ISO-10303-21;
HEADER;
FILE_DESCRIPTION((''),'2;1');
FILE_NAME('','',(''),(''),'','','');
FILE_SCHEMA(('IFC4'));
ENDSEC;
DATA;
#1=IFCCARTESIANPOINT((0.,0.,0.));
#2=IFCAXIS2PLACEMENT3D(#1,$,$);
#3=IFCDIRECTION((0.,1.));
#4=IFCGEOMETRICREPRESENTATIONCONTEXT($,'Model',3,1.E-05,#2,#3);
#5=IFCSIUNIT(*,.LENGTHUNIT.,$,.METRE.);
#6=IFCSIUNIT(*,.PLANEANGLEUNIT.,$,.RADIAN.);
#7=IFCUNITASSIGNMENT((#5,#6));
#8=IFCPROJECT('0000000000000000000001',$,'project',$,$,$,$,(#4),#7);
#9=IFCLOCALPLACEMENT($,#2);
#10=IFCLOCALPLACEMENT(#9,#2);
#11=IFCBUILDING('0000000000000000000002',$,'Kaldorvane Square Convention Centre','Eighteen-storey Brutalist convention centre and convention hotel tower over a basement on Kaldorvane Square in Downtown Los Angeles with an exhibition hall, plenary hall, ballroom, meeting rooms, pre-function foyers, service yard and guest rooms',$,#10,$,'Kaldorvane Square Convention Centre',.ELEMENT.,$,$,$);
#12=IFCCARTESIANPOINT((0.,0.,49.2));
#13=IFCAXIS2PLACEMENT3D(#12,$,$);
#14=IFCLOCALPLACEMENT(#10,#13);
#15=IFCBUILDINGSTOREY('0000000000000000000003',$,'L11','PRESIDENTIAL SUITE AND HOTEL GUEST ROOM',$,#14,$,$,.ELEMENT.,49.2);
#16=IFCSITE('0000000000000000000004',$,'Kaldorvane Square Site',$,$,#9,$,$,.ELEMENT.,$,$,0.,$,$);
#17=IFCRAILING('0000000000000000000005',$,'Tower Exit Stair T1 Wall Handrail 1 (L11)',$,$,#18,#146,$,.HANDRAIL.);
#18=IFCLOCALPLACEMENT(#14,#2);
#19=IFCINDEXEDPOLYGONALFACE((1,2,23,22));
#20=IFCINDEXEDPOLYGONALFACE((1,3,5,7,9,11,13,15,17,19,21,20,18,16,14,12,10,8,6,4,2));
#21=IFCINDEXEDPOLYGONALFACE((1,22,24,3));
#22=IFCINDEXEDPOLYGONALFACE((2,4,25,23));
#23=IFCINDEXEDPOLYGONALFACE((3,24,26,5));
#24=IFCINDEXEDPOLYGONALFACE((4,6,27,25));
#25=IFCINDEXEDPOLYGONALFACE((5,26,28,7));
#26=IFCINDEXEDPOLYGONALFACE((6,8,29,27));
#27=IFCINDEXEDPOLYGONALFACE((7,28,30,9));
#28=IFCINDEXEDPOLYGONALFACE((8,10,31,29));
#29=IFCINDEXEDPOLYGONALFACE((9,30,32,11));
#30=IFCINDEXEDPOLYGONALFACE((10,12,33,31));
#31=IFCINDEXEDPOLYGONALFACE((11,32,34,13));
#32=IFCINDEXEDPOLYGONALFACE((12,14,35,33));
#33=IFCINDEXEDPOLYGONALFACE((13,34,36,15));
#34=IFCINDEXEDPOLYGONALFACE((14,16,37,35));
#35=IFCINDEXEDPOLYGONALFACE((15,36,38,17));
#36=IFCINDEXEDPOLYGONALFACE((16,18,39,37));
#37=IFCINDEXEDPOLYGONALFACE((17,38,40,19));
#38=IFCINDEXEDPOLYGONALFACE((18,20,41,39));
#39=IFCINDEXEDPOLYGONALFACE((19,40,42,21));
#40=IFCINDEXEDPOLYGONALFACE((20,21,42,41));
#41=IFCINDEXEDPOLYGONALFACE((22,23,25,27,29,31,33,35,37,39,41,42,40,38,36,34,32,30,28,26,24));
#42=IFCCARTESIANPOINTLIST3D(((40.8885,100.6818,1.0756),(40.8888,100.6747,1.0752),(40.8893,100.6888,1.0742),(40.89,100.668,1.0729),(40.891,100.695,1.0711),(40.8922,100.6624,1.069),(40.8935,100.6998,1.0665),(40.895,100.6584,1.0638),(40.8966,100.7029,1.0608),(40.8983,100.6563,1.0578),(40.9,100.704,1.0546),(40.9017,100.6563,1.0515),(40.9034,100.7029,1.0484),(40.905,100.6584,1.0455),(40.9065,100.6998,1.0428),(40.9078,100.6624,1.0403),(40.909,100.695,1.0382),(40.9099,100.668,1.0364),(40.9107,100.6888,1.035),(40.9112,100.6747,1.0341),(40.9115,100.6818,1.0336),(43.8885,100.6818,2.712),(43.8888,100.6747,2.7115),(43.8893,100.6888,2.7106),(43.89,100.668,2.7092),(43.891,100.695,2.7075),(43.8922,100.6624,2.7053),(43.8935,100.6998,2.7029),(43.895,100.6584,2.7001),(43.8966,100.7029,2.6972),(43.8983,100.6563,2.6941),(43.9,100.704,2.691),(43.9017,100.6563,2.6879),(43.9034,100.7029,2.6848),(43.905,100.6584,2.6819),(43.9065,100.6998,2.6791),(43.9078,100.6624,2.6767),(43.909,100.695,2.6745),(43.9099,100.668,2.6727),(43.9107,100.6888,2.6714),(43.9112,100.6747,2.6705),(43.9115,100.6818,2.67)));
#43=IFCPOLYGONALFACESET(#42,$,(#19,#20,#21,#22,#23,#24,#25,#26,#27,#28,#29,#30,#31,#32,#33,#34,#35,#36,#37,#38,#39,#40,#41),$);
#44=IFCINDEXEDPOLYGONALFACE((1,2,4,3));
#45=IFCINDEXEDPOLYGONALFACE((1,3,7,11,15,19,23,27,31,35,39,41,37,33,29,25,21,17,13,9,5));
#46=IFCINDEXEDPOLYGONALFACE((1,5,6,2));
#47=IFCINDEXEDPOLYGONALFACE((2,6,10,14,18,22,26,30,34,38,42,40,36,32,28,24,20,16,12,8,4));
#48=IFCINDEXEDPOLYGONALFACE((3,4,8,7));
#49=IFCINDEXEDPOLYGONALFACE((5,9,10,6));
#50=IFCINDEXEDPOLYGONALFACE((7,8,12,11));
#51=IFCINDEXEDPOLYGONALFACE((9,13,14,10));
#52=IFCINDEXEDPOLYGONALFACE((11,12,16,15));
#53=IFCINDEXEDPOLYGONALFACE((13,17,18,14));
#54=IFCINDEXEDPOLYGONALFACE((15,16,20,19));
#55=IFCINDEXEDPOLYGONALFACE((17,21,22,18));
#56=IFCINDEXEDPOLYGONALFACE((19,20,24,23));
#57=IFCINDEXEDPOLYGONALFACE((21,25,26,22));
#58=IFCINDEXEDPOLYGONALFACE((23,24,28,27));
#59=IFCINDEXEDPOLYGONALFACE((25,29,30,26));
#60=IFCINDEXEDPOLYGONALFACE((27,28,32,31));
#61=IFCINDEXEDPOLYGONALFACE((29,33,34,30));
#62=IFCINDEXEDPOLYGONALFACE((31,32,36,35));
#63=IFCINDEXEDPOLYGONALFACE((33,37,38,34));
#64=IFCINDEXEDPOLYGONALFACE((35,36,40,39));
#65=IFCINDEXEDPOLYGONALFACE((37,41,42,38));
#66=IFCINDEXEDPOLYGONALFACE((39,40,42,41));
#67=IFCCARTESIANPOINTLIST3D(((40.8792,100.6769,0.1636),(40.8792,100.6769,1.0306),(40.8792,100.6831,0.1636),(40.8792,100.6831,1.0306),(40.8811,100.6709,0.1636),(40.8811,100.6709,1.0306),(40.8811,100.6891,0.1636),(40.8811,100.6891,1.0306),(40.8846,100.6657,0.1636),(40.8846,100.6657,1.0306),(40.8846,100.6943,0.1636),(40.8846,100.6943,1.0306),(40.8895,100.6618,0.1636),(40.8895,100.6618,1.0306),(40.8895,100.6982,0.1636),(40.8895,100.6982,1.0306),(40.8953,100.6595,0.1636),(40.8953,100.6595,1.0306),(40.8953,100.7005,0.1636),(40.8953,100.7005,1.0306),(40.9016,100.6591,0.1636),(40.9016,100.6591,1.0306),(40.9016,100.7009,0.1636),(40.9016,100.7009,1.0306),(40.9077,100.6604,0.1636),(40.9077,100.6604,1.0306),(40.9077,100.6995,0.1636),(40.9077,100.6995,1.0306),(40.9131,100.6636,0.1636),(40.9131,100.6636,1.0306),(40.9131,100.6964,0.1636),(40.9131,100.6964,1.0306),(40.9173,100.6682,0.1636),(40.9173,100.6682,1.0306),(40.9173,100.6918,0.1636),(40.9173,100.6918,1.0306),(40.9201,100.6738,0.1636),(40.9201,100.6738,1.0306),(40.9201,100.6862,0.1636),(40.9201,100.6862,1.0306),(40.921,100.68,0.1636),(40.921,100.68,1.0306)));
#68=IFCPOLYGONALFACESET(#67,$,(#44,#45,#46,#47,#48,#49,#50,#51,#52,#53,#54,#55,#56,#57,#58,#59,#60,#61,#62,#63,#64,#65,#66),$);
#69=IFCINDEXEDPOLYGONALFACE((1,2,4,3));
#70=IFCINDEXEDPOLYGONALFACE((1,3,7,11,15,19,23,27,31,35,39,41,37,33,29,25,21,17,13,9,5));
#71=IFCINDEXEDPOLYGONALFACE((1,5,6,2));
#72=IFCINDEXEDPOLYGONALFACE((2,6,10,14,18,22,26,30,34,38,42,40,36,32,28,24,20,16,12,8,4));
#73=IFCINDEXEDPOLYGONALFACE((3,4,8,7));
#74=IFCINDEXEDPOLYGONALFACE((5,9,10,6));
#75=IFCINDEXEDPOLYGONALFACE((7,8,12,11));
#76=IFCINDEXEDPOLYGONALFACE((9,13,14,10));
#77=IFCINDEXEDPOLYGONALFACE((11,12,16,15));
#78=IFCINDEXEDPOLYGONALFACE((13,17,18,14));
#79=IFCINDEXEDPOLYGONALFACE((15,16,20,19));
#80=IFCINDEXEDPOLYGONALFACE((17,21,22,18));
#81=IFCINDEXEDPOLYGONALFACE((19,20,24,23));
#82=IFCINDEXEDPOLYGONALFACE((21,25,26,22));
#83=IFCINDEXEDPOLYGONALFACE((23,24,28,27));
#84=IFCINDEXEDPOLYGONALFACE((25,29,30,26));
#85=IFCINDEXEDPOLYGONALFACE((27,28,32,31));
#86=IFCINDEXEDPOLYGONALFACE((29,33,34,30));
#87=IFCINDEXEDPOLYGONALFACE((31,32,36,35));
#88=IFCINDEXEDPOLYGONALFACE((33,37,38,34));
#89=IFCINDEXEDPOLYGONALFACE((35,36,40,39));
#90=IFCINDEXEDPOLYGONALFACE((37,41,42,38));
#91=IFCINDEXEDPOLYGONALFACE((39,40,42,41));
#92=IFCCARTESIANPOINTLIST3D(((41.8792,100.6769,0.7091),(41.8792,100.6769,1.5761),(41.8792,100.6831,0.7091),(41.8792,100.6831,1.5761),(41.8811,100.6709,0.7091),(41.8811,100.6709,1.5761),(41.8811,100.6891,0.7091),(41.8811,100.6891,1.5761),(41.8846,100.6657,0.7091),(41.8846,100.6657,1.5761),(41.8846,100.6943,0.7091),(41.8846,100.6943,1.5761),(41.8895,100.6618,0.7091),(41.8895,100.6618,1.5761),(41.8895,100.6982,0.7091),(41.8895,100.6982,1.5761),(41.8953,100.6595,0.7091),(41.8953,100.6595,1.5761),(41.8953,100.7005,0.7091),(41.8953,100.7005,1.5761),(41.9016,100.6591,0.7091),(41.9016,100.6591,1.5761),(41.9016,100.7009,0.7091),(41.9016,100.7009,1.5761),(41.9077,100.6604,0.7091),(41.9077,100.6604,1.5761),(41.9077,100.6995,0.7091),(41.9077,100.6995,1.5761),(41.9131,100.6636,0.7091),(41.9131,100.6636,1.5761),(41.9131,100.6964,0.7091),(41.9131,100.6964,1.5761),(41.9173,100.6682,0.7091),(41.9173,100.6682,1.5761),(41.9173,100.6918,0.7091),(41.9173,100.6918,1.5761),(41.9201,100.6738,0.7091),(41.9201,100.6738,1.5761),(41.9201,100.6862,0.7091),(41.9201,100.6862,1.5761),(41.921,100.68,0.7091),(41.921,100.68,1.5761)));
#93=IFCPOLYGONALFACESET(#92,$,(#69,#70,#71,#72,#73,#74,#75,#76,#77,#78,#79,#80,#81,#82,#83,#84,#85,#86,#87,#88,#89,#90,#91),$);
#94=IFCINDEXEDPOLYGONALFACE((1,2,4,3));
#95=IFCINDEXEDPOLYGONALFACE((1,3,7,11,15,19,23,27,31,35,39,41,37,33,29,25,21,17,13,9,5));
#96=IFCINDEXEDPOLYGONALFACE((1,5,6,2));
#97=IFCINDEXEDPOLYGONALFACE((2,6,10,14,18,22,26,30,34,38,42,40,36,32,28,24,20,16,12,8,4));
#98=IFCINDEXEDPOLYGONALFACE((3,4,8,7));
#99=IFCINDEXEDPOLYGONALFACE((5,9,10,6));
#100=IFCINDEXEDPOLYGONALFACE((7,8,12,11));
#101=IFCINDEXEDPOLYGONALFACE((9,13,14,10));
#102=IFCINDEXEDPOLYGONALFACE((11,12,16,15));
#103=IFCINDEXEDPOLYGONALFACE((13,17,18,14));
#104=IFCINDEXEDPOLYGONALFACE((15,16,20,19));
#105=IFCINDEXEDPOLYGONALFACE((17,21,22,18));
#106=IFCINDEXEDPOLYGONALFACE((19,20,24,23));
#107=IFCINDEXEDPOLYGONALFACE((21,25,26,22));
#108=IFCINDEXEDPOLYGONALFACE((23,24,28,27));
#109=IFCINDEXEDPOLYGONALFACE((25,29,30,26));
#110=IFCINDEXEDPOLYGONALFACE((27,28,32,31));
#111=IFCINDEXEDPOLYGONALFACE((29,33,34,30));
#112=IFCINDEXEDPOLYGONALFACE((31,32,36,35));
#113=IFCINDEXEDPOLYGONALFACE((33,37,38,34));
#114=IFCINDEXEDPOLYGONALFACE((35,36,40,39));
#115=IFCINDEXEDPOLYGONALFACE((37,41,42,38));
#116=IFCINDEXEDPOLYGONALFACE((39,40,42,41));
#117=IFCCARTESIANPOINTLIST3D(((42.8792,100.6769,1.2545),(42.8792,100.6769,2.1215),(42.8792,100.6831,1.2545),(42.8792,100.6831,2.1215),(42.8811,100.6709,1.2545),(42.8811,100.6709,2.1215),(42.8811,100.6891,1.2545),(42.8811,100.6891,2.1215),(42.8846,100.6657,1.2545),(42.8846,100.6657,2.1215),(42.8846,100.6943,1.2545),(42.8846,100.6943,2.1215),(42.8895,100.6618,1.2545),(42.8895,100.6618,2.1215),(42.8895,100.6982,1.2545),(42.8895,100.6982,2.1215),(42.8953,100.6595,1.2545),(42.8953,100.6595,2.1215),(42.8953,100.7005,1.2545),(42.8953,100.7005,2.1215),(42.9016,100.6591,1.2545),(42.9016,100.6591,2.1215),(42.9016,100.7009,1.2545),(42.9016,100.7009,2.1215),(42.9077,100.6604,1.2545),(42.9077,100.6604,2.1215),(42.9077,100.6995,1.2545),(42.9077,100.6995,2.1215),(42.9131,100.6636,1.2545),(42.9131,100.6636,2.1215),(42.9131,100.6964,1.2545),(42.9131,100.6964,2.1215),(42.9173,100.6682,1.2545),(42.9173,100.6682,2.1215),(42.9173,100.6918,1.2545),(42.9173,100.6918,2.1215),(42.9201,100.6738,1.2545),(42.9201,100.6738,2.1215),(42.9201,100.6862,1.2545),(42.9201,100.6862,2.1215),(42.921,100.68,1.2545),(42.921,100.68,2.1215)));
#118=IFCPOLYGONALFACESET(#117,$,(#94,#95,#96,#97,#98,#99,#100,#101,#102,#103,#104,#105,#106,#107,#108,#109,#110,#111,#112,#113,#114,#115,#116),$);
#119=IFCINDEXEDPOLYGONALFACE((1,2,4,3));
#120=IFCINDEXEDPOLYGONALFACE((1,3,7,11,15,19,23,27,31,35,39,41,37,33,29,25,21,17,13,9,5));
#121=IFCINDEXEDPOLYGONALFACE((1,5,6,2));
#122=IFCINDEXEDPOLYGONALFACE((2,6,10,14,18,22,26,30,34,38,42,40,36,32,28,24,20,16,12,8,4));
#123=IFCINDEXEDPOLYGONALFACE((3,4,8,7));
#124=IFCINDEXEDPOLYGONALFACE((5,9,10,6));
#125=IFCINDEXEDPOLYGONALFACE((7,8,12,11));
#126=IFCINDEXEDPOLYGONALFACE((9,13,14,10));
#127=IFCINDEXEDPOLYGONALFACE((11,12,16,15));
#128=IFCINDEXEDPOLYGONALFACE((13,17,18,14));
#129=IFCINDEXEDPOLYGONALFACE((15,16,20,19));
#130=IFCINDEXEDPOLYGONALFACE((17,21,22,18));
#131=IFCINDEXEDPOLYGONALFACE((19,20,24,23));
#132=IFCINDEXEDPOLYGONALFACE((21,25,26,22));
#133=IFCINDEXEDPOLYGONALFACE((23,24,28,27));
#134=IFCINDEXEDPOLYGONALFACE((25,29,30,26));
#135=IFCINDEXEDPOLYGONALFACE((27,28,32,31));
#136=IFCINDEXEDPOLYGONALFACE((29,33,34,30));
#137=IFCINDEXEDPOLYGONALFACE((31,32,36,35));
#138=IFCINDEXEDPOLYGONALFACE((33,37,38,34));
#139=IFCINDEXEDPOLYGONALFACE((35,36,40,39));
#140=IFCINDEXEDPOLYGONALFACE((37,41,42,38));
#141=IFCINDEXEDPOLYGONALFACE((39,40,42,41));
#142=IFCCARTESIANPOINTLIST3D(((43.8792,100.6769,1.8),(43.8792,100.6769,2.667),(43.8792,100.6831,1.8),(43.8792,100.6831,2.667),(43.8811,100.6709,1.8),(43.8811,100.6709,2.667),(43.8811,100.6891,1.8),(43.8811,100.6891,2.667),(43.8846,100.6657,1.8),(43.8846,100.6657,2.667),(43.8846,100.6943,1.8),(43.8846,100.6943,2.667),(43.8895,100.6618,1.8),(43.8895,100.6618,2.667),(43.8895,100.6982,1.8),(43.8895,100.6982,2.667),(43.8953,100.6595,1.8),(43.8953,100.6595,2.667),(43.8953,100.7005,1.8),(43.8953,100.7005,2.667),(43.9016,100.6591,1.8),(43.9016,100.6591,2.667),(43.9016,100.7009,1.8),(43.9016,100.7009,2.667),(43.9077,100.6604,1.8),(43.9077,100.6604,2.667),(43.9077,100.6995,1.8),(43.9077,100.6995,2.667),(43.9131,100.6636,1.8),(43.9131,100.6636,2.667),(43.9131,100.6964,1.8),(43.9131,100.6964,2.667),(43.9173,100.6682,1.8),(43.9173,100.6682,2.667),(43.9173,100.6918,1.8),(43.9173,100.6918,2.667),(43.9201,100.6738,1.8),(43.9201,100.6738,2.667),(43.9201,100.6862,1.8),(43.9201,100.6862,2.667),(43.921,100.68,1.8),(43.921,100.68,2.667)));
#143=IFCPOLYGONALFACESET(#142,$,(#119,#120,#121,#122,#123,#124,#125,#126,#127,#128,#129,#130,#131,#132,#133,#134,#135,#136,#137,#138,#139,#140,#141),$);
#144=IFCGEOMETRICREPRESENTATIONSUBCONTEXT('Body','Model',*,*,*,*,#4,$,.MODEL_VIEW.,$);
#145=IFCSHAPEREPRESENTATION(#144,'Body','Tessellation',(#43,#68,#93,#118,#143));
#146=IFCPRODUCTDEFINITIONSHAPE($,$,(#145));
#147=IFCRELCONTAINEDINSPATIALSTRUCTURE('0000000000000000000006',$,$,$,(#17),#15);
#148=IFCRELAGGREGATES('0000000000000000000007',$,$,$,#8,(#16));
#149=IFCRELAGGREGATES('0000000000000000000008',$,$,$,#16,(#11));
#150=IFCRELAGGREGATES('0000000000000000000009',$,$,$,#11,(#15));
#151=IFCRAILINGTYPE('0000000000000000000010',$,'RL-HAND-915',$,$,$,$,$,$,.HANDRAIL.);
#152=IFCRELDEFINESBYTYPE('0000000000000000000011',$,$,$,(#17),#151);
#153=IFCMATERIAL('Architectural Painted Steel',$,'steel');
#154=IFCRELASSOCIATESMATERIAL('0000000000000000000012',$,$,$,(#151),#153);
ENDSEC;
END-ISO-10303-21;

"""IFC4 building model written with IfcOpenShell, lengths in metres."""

from ifc_helpers import new_model, si_unit, direction, frame, origin, origin_2d, place, context, subcontext, project, spatial, circle, extrude, material, type_object, element, save


model = new_model("IFC4")

# Units and contexts
model_context = context("Model", 3, precision=1e-05, world=origin(), true_north=direction((0.0, 1.0)))
body_context = subcontext(model_context, "Body", "Model", "MODEL_VIEW")
ifc_project = project(units=[si_unit("LENGTHUNIT", "METRE"), si_unit("PLANEANGLEUNIT", "RADIAN")], contexts=[model_context])

# Site, building, storey
site_placement = place(None, origin())
site = spatial("IfcSite", under=ifc_project, at=site_placement, Name="Kaldorvane Square Site", CompositionType="ELEMENT", RefElevation=0.0)
building_placement = place(site_placement, origin())
building = spatial("IfcBuilding", under=site, at=building_placement, Name="Kaldorvane Square Convention Centre", Description="Eighteen-storey Brutalist convention centre and convention hotel tower over a basement on Kaldorvane Square in Downtown Los Angeles with an exhibition hall, plenary hall, ballroom, meeting rooms, pre-function foyers, service yard and guest rooms", LongName="Kaldorvane Square Convention Centre", CompositionType="ELEMENT")
storey_placement = place(building_placement, frame((0.0, 0.0, 49.2)))
storey = spatial("IfcBuildingStorey", under=building, at=storey_placement, Name="L11", Description="PRESIDENTIAL SUITE AND HOTEL GUEST ROOM", CompositionType="ELEMENT", Elevation=49.2)

# Railing
ifc_material_1 = material(Name="Architectural Painted Steel", Category="steel")
railing_type_1 = type_object("IfcRailingType", Name="RL-HAND-915", PredefinedType="HANDRAIL", material=ifc_material_1)
for number, where, name in (
    (1, (40.9, 100.68, 0.1636), "Tower Exit Stair T1 Wall Handrail 1 (L11)"),
):
    element("IfcRailing", number, at=place(storey_placement, frame(where)), inside=storey, type_object=railing_type_1, Name=name, PredefinedType="HANDRAIL", context=body_context, shape_type="SweptSolid", body=[
        extrude(circle(Radius=0.024, at=origin_2d()), frame((0.0, 0.0, 0.891), z_axis=(0.877895, 0.0, 0.478853), x_axis=(0.0, 1.0, 0.0)), (0.0, 0.0, 1.0), 3.4173),
        extrude(circle(Radius=0.021, at=origin_2d()), origin(), (0.0, 0.0, 1.0), 0.867),
        extrude(circle(Radius=0.021, at=origin_2d()), frame((1.0, 0.0, 0.5455)), (0.0, 0.0, 1.0), 0.867),
        extrude(circle(Radius=0.021, at=origin_2d()), frame((2.0, 0.0, 1.0909)), (0.0, 0.0, 1.0), 0.867),
        extrude(circle(Radius=0.021, at=origin_2d()), frame((3.0, 0.0, 1.6364)), (0.0, 0.0, 1.0), 0.867),
    ])

save(model, "model.ifc")
